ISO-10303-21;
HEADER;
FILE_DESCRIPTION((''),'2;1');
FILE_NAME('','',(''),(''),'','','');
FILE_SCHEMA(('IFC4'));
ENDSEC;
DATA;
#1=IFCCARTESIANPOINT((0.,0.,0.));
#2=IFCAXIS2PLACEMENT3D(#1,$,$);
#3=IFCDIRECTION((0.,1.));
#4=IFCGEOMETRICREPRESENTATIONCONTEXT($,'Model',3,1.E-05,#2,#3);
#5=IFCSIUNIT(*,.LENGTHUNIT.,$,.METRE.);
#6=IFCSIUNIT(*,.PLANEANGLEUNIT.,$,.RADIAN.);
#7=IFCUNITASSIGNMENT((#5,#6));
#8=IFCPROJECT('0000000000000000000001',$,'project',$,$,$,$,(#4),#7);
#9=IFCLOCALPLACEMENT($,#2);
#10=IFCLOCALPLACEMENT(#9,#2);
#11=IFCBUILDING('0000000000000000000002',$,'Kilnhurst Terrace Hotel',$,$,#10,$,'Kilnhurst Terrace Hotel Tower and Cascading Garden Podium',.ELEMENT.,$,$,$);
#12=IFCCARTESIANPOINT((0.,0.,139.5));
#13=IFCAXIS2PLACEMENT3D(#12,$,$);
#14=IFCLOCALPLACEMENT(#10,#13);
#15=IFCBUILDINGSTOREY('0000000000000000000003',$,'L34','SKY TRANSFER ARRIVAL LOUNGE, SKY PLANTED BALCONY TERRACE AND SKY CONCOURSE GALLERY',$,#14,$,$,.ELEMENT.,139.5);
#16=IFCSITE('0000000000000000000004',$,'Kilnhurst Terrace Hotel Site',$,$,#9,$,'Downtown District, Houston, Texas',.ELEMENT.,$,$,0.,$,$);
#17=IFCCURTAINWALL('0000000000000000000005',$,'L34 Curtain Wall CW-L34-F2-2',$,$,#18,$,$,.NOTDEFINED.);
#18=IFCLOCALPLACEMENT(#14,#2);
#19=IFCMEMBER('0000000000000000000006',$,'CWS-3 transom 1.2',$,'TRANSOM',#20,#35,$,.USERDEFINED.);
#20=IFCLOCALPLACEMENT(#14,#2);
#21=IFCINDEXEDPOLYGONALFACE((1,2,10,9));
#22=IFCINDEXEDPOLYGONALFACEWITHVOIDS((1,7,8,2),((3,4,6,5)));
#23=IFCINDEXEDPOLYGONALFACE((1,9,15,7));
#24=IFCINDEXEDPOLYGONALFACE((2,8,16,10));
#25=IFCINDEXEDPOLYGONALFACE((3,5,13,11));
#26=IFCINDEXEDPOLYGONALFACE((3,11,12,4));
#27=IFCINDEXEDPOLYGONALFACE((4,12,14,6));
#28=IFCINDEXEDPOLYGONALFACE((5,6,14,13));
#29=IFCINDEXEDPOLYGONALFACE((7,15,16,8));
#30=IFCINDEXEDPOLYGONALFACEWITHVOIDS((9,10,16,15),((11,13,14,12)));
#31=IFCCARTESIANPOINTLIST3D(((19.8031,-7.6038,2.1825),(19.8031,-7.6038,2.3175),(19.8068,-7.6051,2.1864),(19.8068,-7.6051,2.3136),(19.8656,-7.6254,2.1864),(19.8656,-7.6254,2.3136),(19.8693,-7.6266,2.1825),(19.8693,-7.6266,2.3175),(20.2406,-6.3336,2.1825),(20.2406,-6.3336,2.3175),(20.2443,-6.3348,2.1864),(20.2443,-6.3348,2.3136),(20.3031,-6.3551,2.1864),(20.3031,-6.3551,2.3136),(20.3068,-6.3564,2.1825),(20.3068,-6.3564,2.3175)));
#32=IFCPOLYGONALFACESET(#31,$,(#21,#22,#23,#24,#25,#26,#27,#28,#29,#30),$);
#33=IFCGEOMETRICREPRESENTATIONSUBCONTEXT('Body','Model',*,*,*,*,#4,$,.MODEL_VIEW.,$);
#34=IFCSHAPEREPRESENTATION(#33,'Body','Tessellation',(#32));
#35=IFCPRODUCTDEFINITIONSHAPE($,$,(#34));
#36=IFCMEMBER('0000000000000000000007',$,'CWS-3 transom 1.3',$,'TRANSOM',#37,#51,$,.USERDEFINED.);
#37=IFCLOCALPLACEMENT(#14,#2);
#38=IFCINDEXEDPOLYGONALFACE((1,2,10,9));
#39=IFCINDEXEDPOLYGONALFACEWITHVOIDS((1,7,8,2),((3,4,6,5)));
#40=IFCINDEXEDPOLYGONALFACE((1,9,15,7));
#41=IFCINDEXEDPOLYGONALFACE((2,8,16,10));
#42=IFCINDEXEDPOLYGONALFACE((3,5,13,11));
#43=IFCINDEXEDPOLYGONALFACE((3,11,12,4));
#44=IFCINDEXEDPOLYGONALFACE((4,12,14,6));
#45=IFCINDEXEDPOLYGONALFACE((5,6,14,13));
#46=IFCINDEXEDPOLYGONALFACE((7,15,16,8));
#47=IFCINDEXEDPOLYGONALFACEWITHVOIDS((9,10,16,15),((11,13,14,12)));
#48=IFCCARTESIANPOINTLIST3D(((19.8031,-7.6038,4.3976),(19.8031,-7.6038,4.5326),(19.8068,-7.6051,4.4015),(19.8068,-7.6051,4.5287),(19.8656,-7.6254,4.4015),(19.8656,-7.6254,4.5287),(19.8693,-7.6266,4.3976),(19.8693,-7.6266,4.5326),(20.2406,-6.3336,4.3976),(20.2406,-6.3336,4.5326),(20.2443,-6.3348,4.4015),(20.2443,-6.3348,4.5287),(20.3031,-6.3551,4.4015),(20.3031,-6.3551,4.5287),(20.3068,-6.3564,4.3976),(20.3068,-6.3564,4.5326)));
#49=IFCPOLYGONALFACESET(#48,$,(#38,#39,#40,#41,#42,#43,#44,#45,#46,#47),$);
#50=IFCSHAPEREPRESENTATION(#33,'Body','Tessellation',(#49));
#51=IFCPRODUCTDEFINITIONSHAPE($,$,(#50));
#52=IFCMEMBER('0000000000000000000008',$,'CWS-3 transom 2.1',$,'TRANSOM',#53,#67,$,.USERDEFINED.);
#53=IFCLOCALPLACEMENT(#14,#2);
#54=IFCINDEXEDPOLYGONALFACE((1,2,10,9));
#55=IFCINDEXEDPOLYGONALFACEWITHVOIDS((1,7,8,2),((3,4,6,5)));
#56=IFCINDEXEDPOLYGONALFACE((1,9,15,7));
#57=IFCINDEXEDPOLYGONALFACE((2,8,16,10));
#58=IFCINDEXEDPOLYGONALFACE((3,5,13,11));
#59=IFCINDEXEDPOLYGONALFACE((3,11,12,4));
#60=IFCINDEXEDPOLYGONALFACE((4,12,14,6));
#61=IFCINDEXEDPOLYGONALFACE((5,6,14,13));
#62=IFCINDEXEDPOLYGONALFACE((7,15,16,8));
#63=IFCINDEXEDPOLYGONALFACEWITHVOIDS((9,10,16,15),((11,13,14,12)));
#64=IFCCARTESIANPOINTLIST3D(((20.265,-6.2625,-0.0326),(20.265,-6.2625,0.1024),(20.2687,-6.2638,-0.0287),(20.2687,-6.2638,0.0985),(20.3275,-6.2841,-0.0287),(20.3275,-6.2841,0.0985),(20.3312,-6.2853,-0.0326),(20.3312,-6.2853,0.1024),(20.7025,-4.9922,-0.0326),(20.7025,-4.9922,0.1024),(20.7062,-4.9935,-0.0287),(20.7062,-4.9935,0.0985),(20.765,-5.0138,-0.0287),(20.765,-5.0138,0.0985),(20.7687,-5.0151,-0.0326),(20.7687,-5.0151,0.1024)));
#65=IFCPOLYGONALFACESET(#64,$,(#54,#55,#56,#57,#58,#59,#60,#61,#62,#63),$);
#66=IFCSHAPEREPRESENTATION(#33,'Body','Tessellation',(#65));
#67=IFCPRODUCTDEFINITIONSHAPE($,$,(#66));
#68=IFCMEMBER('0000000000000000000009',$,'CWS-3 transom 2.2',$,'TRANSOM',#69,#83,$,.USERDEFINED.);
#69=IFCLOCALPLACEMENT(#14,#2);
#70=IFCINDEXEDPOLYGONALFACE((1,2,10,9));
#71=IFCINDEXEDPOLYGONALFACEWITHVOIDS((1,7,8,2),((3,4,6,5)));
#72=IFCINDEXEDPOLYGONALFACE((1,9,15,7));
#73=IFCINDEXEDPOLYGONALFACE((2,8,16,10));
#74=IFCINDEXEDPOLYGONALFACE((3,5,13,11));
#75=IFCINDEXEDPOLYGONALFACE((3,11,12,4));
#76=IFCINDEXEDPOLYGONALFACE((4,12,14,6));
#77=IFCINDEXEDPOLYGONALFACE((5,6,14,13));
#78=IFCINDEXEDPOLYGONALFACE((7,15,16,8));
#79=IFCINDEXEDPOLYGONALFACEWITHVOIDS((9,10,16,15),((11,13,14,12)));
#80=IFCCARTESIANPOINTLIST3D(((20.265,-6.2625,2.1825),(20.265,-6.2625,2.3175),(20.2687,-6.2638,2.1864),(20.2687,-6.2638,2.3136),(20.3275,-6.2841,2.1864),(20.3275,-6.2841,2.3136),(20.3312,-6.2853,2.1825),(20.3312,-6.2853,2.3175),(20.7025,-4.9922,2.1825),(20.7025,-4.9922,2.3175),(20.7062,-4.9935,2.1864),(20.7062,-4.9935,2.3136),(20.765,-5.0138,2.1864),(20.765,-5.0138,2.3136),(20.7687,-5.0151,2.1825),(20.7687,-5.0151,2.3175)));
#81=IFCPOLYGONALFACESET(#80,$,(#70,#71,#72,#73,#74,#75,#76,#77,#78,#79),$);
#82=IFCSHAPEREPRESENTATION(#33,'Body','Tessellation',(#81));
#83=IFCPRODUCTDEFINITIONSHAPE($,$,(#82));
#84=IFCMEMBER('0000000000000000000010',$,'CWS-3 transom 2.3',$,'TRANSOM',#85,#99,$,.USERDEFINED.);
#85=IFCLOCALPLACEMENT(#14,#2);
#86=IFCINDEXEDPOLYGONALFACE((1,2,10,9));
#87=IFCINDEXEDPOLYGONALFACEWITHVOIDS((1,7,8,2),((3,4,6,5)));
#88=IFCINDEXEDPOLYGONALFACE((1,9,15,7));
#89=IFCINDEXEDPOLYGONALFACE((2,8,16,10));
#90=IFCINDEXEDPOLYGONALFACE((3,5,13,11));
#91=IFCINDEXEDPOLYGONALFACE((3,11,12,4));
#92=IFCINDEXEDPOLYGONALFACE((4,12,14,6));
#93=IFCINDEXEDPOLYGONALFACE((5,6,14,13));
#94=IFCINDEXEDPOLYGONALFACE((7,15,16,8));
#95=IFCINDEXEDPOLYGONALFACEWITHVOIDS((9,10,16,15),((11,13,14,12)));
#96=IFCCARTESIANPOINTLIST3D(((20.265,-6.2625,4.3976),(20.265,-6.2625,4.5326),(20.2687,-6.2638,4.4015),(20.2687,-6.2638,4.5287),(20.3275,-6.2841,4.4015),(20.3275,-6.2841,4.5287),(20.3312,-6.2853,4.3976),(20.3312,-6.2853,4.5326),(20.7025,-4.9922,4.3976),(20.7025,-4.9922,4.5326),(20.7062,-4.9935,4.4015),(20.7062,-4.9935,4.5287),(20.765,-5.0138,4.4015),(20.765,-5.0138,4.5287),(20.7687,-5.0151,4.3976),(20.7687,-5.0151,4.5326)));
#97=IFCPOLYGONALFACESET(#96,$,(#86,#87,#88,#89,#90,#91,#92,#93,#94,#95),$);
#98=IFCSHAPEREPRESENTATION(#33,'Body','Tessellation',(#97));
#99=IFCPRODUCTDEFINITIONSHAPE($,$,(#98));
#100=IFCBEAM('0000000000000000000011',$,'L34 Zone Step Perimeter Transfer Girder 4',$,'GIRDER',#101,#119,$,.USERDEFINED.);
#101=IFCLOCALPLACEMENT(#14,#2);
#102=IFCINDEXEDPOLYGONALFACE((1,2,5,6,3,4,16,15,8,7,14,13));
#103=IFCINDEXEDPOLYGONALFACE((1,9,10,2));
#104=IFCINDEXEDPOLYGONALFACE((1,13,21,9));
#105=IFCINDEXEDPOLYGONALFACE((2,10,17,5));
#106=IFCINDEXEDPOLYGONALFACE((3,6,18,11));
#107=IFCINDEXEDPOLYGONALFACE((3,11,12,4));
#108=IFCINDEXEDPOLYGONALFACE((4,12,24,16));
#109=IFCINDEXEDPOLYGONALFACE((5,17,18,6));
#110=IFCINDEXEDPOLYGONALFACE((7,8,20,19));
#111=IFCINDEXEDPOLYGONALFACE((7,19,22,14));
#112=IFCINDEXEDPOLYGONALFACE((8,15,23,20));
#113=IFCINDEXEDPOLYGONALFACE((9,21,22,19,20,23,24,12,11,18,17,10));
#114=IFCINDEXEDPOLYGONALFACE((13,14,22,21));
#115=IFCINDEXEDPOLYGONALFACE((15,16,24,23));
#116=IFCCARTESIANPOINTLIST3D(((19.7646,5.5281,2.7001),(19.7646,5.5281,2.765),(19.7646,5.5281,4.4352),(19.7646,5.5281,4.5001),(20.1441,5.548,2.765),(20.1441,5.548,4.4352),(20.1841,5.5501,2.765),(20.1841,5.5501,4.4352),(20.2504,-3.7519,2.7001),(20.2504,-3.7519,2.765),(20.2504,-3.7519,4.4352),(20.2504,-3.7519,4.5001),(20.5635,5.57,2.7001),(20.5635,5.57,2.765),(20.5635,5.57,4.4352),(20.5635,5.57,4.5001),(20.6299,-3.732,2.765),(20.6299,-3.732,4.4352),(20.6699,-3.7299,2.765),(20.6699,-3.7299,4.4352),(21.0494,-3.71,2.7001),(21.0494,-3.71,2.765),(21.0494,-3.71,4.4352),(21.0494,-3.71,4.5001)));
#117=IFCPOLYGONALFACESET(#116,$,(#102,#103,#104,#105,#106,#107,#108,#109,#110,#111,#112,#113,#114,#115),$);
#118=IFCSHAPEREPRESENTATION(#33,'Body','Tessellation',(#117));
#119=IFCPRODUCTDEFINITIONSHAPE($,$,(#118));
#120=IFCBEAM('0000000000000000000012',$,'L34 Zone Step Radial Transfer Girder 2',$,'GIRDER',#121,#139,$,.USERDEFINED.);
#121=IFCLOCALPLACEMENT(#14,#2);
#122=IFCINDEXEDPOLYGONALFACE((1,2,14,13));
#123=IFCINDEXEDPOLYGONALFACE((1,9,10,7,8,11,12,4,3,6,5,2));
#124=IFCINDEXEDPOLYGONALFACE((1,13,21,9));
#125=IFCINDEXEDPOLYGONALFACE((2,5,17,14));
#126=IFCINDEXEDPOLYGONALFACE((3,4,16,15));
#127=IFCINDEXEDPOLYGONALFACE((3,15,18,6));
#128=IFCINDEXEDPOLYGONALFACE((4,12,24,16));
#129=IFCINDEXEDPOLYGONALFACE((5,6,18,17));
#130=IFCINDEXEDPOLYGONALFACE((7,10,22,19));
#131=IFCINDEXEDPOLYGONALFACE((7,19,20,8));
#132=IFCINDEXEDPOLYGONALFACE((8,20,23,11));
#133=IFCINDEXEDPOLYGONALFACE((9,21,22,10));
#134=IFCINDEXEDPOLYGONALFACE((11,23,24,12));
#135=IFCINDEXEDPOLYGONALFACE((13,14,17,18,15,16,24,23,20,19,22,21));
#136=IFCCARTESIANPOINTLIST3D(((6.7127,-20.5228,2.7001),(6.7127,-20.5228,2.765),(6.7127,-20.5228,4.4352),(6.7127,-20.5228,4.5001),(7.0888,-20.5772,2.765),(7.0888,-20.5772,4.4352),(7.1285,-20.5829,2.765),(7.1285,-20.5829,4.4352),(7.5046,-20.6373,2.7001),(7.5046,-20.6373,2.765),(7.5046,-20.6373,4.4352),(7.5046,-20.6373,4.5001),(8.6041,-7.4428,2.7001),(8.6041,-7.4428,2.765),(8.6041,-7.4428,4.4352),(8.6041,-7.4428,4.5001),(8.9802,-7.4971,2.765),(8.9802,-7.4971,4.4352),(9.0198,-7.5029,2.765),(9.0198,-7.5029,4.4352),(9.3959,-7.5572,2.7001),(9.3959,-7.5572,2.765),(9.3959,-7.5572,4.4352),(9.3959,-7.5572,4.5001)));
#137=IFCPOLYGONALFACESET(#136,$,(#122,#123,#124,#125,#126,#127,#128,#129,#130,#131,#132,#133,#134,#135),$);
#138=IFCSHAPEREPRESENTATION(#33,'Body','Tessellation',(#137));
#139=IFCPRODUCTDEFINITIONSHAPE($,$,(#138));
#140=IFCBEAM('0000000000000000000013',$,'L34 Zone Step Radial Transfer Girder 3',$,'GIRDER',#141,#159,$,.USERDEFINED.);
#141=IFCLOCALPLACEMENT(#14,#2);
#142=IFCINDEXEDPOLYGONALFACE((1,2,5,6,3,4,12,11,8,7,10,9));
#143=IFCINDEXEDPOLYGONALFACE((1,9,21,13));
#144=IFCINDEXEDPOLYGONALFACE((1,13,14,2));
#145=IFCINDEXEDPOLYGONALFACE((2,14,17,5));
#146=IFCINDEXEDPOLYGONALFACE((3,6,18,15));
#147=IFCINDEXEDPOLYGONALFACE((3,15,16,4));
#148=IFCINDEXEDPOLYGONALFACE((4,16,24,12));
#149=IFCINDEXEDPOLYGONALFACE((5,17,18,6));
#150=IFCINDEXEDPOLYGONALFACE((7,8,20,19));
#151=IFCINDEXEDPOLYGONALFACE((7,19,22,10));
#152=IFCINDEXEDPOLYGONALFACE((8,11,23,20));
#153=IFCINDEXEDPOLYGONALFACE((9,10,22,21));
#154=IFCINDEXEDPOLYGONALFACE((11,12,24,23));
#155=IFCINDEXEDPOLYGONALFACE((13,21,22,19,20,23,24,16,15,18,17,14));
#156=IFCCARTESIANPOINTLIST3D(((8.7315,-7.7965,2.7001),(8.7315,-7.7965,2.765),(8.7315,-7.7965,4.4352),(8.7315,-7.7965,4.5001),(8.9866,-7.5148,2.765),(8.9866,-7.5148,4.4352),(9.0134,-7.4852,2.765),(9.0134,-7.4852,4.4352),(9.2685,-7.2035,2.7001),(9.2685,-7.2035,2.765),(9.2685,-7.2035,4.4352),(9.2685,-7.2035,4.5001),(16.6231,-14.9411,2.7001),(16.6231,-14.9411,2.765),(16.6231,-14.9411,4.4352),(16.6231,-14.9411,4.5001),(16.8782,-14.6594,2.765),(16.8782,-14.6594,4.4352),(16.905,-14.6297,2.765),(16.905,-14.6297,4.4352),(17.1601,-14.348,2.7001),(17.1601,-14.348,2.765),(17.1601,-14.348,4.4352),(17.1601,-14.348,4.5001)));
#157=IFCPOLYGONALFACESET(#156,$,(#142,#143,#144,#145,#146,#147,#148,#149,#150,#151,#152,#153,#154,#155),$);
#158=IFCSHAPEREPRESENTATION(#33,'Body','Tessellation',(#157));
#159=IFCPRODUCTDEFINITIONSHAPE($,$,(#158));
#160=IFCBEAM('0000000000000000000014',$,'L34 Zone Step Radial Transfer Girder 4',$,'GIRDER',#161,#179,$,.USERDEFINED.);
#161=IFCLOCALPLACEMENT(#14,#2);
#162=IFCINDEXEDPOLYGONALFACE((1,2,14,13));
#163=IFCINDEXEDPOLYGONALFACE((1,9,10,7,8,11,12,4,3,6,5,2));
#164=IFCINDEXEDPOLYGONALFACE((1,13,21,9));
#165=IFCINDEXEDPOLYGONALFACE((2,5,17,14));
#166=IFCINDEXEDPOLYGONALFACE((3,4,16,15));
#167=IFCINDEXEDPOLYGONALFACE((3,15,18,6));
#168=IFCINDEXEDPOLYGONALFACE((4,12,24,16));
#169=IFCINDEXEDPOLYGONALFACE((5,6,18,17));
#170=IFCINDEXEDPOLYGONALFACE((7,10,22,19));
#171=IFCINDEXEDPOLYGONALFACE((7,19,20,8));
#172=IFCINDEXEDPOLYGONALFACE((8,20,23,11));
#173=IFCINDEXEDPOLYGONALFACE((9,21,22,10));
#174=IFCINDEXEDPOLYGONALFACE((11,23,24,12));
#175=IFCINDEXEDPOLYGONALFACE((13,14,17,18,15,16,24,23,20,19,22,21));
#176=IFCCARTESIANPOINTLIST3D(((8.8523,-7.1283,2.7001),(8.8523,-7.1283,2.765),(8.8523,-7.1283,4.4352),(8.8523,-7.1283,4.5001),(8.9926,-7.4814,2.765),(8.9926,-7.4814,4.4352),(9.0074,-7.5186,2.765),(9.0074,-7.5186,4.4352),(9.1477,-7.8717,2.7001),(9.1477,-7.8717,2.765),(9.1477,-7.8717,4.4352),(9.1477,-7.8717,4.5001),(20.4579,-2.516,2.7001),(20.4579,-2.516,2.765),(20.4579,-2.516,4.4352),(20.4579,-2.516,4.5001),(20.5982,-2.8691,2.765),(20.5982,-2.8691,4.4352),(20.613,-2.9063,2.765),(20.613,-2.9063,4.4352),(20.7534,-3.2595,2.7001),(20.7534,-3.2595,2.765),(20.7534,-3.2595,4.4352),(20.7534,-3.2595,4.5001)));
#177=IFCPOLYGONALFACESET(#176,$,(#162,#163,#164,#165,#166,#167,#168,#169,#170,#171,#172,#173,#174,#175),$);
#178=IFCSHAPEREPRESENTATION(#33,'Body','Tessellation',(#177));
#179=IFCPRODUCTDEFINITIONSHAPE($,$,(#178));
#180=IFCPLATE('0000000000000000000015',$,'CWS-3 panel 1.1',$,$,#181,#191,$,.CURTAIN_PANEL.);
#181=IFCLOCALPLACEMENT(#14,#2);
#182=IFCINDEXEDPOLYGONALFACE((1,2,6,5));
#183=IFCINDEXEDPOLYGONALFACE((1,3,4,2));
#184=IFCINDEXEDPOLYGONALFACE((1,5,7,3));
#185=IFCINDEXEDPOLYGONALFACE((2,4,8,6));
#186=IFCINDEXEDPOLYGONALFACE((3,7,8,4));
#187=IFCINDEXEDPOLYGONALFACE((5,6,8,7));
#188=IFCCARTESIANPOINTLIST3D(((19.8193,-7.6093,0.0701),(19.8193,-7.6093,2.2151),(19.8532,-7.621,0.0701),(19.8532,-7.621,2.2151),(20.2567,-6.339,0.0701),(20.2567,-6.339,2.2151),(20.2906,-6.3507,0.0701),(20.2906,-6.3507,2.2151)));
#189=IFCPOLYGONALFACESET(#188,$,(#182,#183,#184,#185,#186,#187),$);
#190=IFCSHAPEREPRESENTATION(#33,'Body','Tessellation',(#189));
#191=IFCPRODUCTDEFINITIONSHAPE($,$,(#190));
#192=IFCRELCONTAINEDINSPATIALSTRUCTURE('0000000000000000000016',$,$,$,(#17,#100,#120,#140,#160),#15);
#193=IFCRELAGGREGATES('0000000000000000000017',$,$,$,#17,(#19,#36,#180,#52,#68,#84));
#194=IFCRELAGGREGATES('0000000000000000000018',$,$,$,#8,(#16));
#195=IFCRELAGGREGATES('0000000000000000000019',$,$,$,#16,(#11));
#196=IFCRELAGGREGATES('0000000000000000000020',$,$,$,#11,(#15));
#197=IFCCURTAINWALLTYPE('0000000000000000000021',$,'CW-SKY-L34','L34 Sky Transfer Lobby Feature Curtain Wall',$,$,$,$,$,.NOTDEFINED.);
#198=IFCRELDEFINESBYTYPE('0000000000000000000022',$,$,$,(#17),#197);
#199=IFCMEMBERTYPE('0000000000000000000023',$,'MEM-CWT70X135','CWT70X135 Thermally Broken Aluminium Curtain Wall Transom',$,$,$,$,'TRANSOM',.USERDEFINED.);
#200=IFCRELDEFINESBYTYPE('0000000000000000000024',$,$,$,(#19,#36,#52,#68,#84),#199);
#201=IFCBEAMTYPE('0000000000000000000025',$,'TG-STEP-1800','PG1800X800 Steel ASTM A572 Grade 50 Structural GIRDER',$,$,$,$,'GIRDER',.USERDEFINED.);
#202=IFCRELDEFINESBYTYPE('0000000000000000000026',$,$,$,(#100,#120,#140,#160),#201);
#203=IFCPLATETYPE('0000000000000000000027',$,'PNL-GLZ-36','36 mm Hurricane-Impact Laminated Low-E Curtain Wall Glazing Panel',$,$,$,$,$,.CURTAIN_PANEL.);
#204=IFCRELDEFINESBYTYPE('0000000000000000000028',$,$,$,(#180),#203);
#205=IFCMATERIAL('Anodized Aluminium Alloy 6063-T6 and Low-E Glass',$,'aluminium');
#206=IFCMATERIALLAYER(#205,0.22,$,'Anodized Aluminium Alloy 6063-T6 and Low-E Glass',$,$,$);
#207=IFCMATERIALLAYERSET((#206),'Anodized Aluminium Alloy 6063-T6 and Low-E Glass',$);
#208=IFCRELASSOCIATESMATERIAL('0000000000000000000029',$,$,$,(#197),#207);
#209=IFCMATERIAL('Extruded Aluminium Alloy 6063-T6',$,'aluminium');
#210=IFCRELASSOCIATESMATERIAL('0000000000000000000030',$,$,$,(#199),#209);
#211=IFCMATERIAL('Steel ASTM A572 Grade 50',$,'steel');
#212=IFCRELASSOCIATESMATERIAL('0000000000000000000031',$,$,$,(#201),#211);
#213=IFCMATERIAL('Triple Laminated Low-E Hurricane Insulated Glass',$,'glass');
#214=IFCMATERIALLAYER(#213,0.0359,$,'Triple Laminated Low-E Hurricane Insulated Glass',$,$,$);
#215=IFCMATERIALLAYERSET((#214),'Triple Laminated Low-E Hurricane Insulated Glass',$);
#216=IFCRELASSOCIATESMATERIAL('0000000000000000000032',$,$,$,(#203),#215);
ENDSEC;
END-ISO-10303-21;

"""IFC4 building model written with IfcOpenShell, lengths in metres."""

from ifc_helpers import new_model, si_unit, direction, frame, origin, origin_2d, place, context, subcontext, project, spatial, rectangle, hollow_rectangle, i_section, extrude, material, layer, layer_set, material_profile, profile_set, type_object, element, aggregate, save


model = new_model("IFC4")

# Units and contexts
model_context = context("Model", 3, precision=1e-05, world=origin(), true_north=direction((0.0, 1.0)))
body_context = subcontext(model_context, "Body", "Model", "MODEL_VIEW")
ifc_project = project(units=[si_unit("LENGTHUNIT", "METRE"), si_unit("PLANEANGLEUNIT", "RADIAN")], contexts=[model_context])

# Site, building, storey
site_placement = place(None, origin())
site = spatial("IfcSite", under=ifc_project, at=site_placement, Name="Kilnhurst Terrace Hotel Site", LongName="Downtown District, Houston, Texas", CompositionType="ELEMENT", RefElevation=0.0)
building_placement = place(site_placement, origin())
building = spatial("IfcBuilding", under=site, at=building_placement, Name="Kilnhurst Terrace Hotel", LongName="Kilnhurst Terrace Hotel Tower and Cascading Garden Podium", CompositionType="ELEMENT")
storey_placement = place(building_placement, frame((0.0, 0.0, 139.5)))
storey = spatial("IfcBuildingStorey", under=building, at=storey_placement, Name="L34", Description="SKY TRANSFER ARRIVAL LOUNGE, SKY PLANTED BALCONY TERRACE AND SKY CONCOURSE GALLERY", CompositionType="ELEMENT", Elevation=139.5)

# Curtain wall, members
ifc_material_1 = material(Name="Anodized Aluminium Alloy 6063-T6 and Low-E Glass", Category="aluminium")
ifc_layer_1 = layer(ifc_material_1, 0.22, Name="Anodized Aluminium Alloy 6063-T6 and Low-E Glass")
ifc_layer_set_1 = layer_set([ifc_layer_1], Name="Anodized Aluminium Alloy 6063-T6 and Low-E Glass")
curtain_wall_type = type_object("IfcCurtainWallType", Name="CW-SKY-L34", Description="L34 Sky Transfer Lobby Feature Curtain Wall", PredefinedType="NOTDEFINED", material=ifc_layer_set_1)
curtain_wall_placement = place(storey_placement, origin())
curtain_wall = element("IfcCurtainWall", 1, at=curtain_wall_placement, inside=storey, type_object=curtain_wall_type, Name="L34 Curtain Wall CW-L34-F2-2", PredefinedType="NOTDEFINED")
ifc_material_2 = material(Name="Extruded Aluminium Alloy 6063-T6", Category="aluminium")
ifc_material_profile_1 = material_profile(ifc_material_2, hollow_rectangle(XDim=0.0701, YDim=0.135, WallThickness=0.0039, at=origin_2d()), Name="CWT70X135")
ifc_profile_set_1 = profile_set([ifc_material_profile_1], Name="Extruded Aluminium Alloy 6063-T6")
member_type_1 = type_object("IfcMemberType", Name="MEM-CWT70X135", Description="CWT70X135 Thermally Broken Aluminium Curtain Wall Transom", ElementType="TRANSOM", PredefinedType="USERDEFINED", material=ifc_profile_set_1)
member_1_placement = place(storey_placement, frame((19.8362, -7.6152, 2.25), z_axis=(0.325643, 0.945493, 0.0), x_axis=(-0.945493, 0.325643, 0.0)))
member_1 = element("IfcMember", 2, at=member_1_placement, type_object=member_type_1, Name="CWS-3 transom 1.2", ObjectType="TRANSOM", PredefinedType="USERDEFINED", context=body_context, shape_type="SweptSolid", body=[
    extrude(hollow_rectangle(XDim=0.0701, YDim=0.135, WallThickness=0.0039, at=origin_2d()), origin(), (0.0, 0.0, 1.0), 1.3435),
])
member_2_placement = place(storey_placement, frame((19.8362, -7.6152, 4.4651), z_axis=(0.325643, 0.945493, 0.0), x_axis=(-0.945493, 0.325643, 0.0)))
member_2 = element("IfcMember", 3, at=member_2_placement, type_object=member_type_1, Name="CWS-3 transom 1.3", ObjectType="TRANSOM", PredefinedType="USERDEFINED", context=body_context, shape_type="SweptSolid", body=[
    extrude(hollow_rectangle(XDim=0.0701, YDim=0.135, WallThickness=0.0039, at=origin_2d()), origin(), (0.0, 0.0, 1.0), 1.3435),
])
member_3_placement = place(storey_placement, frame((20.2981, -6.2739, 0.0349), z_axis=(0.325643, 0.945493, 0.0), x_axis=(-0.945493, 0.325643, 0.0)))
member_3 = element("IfcMember", 4, at=member_3_placement, type_object=member_type_1, Name="CWS-3 transom 2.1", ObjectType="TRANSOM", PredefinedType="USERDEFINED", context=body_context, shape_type="SweptSolid", body=[
    extrude(hollow_rectangle(XDim=0.0701, YDim=0.135, WallThickness=0.0039, at=origin_2d()), origin(), (0.0, 0.0, 1.0), 1.3435),
])
member_4_placement = place(storey_placement, frame((20.2981, -6.2739, 2.25), z_axis=(0.325643, 0.945493, 0.0), x_axis=(-0.945493, 0.325643, 0.0)))
member_4 = element("IfcMember", 5, at=member_4_placement, type_object=member_type_1, Name="CWS-3 transom 2.2", ObjectType="TRANSOM", PredefinedType="USERDEFINED", context=body_context, shape_type="SweptSolid", body=[
    extrude(hollow_rectangle(XDim=0.0701, YDim=0.135, WallThickness=0.0039, at=origin_2d()), origin(), (0.0, 0.0, 1.0), 1.3435),
])
member_5_placement = place(storey_placement, frame((20.2981, -6.2739, 4.4651), z_axis=(0.325643, 0.945493, 0.0), x_axis=(-0.945493, 0.325643, 0.0)))
member_5 = element("IfcMember", 6, at=member_5_placement, type_object=member_type_1, Name="CWS-3 transom 2.3", ObjectType="TRANSOM", PredefinedType="USERDEFINED", context=body_context, shape_type="SweptSolid", body=[
    extrude(hollow_rectangle(XDim=0.0701, YDim=0.135, WallThickness=0.0039, at=origin_2d()), origin(), (0.0, 0.0, 1.0), 1.3435),
])

# Beams
ifc_material_3 = material(Name="Steel ASTM A572 Grade 50", Category="steel")
ifc_material_profile_2 = material_profile(ifc_material_3, i_section(OverallWidth=0.8, OverallDepth=1.8, WebThickness=0.04, FlangeThickness=0.0649, at=origin_2d()), Name="PG1800X800")
ifc_profile_set_2 = profile_set([ifc_material_profile_2], Name="Steel ASTM A572 Grade 50")
beam_type_1 = type_object("IfcBeamType", Name="TG-STEP-1800", Description="PG1800X800 Steel ASTM A572 Grade 50 Structural GIRDER", ElementType="GIRDER", PredefinedType="USERDEFINED", material=ifc_profile_set_2)
beam_1_placement = place(storey_placement, frame((20.6499, -3.731, 3.6001), z_axis=(-0.052282, 0.998632, 0.0), x_axis=(-0.998632, -0.052282, 0.0)))
element("IfcBeam", 7, at=beam_1_placement, inside=storey, type_object=beam_type_1, Name="L34 Zone Step Perimeter Transfer Girder 4", ObjectType="GIRDER", PredefinedType="USERDEFINED", context=body_context, shape_type="SweptSolid", body=[
    extrude(i_section(OverallWidth=0.8, OverallDepth=1.8, WebThickness=0.04, FlangeThickness=0.0649, at=origin_2d()), origin(), (0.0, 0.0, 1.0), 9.2927),
])
beam_2_placement = place(storey_placement, frame((9.0, -7.5, 3.6001), z_axis=(-0.14311, -0.989707, 0.0), x_axis=(0.989707, -0.14311, 0.0)))
element("IfcBeam", 8, at=beam_2_placement, inside=storey, type_object=beam_type_1, Name="L34 Zone Step Radial Transfer Girder 2", ObjectType="GIRDER", PredefinedType="USERDEFINED", context=body_context, shape_type="SweptSolid", body=[
    extrude(i_section(OverallWidth=0.8, OverallDepth=1.8, WebThickness=0.04, FlangeThickness=0.0649, at=origin_2d()), origin(), (0.0, 0.0, 1.0), 13.2161),
])
beam_3_placement = place(storey_placement, frame((9.0, -7.5, 3.6001), z_axis=(0.741325, -0.671146, 0.0), x_axis=(0.671146, 0.741325, 0.0)))
element("IfcBeam", 9, at=beam_3_placement, inside=storey, type_object=beam_type_1, Name="L34 Zone Step Radial Transfer Girder 3", ObjectType="GIRDER", PredefinedType="USERDEFINED", context=body_context, shape_type="SweptSolid", body=[
    extrude(i_section(OverallWidth=0.8, OverallDepth=1.8, WebThickness=0.04, FlangeThickness=0.0649, at=origin_2d()), origin(), (0.0, 0.0, 1.0), 10.6453),
])
beam_4_placement = place(storey_placement, frame((9.0, -7.5, 3.6001), z_axis=(0.929302, 0.36932, 0.0), x_axis=(-0.36932, 0.929302, 0.0)))
element("IfcBeam", 10, at=beam_4_placement, inside=storey, type_object=beam_type_1, Name="L34 Zone Step Radial Transfer Girder 4", ObjectType="GIRDER", PredefinedType="USERDEFINED", context=body_context, shape_type="SweptSolid", body=[
    extrude(i_section(OverallWidth=0.8, OverallDepth=1.8, WebThickness=0.04, FlangeThickness=0.0649, at=origin_2d()), origin(), (0.0, 0.0, 1.0), 12.4885),
])

# Plate
ifc_material_4 = material(Name="Triple Laminated Low-E Hurricane Insulated Glass", Category="glass")
ifc_layer_2 = layer(ifc_material_4, 0.0359, Name="Triple Laminated Low-E Hurricane Insulated Glass")
ifc_layer_set_2 = layer_set([ifc_layer_2], Name="Triple Laminated Low-E Hurricane Insulated Glass")
plate_type = type_object("IfcPlateType", Name="PNL-GLZ-36", Description="36 mm Hurricane-Impact Laminated Low-E Curtain Wall Glazing Panel", PredefinedType="CURTAIN_PANEL", material=ifc_layer_set_2)
plate_1_placement = place(storey_placement, frame((20.0549, -6.98, 0.0701), z_axis=(0.0, 0.0, 1.0), x_axis=(0.325587, 0.945512, 0.0)))
plate_1 = element("IfcPlate", 11, at=plate_1_placement, type_object=plate_type, Name="CWS-3 panel 1.1", PredefinedType="CURTAIN_PANEL", context=body_context, shape_type="SweptSolid", body=[
    extrude(rectangle(XDim=1.3435, YDim=0.0359, at=origin_2d()), origin(), (0.0, 0.0, 1.0), 2.145),
])
aggregate(curtain_wall, [member_1, member_2, plate_1, member_3, member_4, member_5])

save(model, "model.ifc")
